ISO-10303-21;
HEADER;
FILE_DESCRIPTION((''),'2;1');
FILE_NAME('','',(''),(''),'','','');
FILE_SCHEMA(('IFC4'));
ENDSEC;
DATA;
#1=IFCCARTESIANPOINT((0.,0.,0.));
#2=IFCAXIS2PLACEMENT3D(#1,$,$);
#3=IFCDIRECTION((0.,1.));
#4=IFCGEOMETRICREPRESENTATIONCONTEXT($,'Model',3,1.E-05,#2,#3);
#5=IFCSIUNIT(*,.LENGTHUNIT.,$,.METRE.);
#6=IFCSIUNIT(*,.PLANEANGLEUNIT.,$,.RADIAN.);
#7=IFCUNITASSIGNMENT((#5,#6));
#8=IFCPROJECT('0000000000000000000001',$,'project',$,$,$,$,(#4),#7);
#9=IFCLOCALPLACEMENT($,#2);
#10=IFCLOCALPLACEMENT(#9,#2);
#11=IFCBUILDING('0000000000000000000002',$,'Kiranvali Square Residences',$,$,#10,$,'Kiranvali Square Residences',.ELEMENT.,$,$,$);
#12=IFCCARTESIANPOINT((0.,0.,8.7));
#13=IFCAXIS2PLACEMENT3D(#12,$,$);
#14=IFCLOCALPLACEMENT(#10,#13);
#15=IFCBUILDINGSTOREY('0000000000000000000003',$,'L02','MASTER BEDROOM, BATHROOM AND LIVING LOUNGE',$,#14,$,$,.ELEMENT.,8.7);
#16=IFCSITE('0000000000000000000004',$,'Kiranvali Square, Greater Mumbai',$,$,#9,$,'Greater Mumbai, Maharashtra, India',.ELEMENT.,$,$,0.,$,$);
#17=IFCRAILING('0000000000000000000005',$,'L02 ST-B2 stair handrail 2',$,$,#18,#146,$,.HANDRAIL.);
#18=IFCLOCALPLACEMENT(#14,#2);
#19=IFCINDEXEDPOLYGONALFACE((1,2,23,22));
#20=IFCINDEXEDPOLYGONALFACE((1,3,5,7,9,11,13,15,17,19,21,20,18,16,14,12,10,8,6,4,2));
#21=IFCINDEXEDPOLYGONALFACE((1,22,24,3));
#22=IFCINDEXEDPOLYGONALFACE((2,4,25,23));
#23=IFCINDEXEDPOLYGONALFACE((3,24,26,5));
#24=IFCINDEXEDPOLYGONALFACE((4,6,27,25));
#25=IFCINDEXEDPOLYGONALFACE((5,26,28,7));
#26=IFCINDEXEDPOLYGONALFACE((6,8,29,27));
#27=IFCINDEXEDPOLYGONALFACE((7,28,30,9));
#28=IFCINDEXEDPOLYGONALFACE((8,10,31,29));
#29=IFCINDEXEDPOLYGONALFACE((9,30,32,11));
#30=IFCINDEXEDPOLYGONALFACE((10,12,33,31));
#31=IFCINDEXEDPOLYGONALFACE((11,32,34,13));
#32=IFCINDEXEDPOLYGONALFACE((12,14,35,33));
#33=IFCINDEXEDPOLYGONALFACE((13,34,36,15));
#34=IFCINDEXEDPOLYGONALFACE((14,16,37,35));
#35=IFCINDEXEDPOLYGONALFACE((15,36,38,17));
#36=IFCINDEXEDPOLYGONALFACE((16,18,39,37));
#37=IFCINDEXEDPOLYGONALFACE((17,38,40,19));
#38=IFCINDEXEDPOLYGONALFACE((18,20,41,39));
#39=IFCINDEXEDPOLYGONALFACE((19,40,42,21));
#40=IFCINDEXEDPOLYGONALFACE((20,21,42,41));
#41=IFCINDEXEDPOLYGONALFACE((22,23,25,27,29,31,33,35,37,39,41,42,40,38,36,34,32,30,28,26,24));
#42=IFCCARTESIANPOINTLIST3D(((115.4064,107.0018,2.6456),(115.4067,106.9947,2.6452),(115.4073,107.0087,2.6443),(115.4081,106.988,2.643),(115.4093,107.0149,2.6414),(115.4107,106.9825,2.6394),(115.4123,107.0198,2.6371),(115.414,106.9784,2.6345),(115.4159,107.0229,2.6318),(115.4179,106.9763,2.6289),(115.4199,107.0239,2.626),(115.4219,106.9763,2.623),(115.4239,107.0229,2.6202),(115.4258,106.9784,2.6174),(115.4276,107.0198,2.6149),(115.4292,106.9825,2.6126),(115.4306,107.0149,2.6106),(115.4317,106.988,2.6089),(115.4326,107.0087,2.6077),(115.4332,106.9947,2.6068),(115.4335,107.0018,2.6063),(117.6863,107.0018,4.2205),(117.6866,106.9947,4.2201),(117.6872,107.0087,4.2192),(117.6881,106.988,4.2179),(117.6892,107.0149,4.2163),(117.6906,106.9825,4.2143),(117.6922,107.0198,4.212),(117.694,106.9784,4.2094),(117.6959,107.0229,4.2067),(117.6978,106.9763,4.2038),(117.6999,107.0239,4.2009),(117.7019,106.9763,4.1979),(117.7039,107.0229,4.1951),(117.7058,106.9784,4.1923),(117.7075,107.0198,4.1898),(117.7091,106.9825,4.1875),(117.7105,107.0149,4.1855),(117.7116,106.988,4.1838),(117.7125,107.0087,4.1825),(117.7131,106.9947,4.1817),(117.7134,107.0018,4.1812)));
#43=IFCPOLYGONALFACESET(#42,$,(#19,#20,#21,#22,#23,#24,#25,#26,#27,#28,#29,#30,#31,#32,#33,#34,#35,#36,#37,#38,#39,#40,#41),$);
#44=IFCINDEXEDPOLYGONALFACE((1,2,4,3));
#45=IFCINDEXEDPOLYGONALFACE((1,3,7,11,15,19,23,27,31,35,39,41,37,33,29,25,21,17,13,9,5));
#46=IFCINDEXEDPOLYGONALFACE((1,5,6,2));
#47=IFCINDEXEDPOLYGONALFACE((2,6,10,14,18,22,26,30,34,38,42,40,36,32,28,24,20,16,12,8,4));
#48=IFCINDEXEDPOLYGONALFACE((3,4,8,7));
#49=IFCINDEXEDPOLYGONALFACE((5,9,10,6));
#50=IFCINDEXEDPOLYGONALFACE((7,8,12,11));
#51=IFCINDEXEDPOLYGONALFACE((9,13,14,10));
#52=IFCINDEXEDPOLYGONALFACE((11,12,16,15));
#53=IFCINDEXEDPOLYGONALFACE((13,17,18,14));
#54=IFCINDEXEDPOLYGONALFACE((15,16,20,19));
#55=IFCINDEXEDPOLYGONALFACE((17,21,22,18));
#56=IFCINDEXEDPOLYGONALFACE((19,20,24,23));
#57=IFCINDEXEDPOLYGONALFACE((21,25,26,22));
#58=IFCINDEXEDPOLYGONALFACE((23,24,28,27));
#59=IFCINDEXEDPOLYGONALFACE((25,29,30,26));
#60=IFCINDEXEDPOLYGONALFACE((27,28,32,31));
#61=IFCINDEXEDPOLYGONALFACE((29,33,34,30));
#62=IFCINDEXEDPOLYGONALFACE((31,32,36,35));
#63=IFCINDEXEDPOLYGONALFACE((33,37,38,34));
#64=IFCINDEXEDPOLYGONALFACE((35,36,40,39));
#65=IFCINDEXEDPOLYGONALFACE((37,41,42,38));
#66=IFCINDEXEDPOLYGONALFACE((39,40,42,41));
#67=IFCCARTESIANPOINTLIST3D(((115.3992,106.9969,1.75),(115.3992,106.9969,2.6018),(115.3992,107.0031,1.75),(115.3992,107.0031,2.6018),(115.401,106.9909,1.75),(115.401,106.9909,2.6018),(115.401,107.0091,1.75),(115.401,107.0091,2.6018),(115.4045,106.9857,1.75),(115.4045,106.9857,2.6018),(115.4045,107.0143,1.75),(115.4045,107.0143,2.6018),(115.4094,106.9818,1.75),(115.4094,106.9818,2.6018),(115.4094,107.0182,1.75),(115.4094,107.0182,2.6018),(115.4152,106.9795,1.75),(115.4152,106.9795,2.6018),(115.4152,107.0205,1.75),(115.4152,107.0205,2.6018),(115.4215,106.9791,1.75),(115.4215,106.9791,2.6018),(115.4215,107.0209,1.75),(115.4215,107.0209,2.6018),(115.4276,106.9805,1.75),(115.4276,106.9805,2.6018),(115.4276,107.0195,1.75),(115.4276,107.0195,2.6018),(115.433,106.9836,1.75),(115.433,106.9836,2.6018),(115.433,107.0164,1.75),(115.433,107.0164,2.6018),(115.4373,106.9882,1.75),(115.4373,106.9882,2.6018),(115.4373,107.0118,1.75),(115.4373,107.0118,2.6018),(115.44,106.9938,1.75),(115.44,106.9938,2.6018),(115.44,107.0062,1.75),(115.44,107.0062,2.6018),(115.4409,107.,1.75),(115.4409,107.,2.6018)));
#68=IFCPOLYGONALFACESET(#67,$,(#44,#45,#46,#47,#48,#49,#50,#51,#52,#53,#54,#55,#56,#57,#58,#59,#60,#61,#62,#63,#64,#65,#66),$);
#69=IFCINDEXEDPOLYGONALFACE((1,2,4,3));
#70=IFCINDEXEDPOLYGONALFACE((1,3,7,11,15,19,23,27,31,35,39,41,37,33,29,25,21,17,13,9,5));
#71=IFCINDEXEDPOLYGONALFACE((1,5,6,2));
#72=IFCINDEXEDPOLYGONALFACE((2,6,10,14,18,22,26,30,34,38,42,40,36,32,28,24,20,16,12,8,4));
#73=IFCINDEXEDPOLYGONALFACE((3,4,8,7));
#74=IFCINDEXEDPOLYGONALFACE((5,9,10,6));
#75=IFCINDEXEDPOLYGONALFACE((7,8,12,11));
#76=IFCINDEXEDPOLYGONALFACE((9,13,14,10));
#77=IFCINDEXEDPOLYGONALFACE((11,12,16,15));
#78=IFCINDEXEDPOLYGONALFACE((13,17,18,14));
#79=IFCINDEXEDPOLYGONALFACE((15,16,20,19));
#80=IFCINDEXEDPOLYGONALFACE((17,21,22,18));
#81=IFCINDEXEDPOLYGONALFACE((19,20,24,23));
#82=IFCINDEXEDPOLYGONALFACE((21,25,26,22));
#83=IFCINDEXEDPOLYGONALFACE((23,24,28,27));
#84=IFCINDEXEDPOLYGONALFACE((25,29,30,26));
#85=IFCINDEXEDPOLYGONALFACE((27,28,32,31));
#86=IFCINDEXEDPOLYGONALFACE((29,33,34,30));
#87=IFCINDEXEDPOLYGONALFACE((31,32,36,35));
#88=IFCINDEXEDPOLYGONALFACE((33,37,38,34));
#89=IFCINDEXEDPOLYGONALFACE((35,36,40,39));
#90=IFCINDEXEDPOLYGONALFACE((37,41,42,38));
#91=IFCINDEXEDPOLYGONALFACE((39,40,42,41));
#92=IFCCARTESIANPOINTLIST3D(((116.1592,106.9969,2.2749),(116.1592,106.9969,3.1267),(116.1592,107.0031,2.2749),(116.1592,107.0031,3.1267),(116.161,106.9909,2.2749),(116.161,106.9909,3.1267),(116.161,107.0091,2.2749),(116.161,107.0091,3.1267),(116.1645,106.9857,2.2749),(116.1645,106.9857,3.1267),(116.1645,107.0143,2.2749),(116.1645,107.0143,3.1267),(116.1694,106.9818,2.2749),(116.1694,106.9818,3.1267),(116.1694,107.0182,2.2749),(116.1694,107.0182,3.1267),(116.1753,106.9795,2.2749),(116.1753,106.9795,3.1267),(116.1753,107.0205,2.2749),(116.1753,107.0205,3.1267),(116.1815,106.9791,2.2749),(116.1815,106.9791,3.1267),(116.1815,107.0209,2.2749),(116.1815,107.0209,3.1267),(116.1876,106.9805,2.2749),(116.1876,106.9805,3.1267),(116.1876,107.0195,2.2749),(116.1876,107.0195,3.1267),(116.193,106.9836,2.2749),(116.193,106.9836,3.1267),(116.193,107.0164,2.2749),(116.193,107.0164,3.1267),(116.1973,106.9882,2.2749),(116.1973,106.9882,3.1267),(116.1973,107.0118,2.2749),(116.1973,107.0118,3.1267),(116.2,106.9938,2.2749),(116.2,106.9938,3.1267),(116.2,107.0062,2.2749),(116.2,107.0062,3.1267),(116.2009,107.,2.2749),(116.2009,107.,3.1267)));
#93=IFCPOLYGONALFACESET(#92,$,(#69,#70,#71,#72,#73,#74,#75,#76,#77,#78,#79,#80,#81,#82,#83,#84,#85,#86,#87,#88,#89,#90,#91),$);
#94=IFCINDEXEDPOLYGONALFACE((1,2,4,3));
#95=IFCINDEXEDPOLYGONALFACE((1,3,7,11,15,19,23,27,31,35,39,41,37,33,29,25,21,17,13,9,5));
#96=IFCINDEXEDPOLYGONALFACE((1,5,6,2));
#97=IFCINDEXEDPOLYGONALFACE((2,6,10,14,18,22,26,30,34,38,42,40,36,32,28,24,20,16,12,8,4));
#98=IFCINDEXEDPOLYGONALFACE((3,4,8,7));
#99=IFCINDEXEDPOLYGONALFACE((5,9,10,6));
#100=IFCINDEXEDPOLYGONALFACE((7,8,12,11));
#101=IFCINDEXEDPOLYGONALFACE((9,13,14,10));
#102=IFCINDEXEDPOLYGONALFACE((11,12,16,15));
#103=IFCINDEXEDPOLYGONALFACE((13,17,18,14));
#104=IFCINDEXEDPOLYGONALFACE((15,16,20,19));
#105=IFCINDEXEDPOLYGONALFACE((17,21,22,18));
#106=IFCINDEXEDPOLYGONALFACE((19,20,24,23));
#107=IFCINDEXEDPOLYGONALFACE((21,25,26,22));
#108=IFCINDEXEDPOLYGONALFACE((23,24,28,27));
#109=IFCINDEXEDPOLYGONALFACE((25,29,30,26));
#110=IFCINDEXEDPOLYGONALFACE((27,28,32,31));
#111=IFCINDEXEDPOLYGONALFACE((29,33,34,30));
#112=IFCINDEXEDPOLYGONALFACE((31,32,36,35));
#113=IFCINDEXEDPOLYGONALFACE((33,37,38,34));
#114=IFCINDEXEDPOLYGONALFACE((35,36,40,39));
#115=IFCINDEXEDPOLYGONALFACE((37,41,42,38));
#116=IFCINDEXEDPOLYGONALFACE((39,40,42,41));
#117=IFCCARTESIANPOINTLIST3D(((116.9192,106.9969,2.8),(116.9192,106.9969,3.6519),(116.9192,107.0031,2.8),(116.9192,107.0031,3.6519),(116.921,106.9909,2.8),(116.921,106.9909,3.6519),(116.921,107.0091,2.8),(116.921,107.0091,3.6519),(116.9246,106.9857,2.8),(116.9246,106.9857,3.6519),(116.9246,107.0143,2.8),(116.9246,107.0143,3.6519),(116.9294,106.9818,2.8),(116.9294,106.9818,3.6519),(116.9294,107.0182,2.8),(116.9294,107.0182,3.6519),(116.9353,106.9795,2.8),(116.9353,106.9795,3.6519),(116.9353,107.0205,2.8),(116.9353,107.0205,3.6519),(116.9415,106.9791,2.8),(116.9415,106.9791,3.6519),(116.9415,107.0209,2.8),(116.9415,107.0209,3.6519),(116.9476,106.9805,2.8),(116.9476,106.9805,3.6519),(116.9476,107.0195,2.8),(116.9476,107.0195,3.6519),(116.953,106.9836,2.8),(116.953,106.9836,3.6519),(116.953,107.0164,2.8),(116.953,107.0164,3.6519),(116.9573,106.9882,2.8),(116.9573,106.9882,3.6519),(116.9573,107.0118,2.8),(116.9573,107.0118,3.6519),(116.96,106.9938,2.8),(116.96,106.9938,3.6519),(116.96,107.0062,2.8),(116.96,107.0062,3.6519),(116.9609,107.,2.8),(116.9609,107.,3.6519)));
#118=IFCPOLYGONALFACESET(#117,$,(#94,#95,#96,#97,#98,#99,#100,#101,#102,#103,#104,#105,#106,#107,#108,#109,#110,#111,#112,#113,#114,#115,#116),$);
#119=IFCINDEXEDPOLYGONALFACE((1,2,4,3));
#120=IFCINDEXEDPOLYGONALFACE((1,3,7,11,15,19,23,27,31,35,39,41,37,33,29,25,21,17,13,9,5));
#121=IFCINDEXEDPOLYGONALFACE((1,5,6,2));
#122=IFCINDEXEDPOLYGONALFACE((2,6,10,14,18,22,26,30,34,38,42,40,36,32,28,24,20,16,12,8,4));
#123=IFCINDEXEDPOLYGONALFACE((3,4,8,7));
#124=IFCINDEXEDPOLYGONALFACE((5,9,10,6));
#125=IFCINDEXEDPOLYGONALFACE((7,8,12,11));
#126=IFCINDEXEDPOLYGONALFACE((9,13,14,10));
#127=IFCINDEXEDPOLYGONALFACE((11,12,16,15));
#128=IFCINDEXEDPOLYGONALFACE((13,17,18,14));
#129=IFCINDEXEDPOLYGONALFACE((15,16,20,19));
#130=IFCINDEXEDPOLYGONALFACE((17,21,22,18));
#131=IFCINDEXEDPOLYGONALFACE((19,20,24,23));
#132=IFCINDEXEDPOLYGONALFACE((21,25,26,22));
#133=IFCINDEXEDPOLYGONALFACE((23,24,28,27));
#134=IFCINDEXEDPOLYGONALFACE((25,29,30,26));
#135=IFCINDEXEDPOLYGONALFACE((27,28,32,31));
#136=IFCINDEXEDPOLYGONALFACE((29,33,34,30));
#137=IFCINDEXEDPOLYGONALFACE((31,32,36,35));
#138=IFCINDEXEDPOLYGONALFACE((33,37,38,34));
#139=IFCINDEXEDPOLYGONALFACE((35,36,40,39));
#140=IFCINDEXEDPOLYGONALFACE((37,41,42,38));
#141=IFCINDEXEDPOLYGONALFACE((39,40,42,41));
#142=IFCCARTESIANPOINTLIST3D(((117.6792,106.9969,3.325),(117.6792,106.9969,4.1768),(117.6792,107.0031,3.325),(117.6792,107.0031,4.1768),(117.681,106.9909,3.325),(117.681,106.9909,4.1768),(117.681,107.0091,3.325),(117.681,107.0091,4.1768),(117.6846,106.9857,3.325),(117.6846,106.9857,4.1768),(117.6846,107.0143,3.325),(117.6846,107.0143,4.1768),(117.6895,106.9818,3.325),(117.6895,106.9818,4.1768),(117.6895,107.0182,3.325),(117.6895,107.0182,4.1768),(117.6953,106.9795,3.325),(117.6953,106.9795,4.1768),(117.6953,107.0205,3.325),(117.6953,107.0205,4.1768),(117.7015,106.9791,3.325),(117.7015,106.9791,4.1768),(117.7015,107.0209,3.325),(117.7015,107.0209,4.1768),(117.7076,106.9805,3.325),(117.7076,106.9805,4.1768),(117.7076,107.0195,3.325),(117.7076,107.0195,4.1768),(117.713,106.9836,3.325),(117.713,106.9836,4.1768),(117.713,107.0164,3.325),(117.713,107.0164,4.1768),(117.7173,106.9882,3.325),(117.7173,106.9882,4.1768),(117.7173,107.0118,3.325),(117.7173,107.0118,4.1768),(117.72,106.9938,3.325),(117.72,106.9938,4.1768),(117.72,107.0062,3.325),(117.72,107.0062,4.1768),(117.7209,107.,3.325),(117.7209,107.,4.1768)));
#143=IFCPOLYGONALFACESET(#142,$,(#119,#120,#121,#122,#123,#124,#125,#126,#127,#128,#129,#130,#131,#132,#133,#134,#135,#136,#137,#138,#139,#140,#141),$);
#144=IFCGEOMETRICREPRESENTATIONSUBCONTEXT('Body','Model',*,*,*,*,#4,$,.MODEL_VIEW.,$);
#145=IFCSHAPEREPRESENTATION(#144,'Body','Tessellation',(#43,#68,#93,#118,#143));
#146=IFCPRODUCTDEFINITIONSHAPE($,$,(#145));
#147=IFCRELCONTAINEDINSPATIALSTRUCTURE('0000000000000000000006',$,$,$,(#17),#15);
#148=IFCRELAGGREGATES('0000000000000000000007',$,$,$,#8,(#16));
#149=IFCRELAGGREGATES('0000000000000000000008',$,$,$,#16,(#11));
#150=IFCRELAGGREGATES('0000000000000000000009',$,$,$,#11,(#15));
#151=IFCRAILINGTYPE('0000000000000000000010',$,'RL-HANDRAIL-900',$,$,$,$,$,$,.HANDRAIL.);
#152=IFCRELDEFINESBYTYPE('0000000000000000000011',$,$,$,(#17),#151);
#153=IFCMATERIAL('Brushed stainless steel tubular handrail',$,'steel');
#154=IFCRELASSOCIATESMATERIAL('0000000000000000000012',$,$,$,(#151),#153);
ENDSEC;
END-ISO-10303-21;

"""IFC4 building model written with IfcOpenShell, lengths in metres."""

from ifc_helpers import new_model, si_unit, direction, frame, origin, origin_2d, place, context, subcontext, project, spatial, circle, extrude, material, type_object, element, save


model = new_model("IFC4")

# Units and contexts
model_context = context("Model", 3, precision=1e-05, world=origin(), true_north=direction((0.0, 1.0)))
body_context = subcontext(model_context, "Body", "Model", "MODEL_VIEW")
ifc_project = project(units=[si_unit("LENGTHUNIT", "METRE"), si_unit("PLANEANGLEUNIT", "RADIAN")], contexts=[model_context])

# Site, building, storey
site_placement = place(None, origin())
site = spatial("IfcSite", under=ifc_project, at=site_placement, Name="Kiranvali Square, Greater Mumbai", LongName="Greater Mumbai, Maharashtra, India", CompositionType="ELEMENT", RefElevation=0.0)
building_placement = place(site_placement, origin())
building = spatial("IfcBuilding", under=site, at=building_placement, Name="Kiranvali Square Residences", LongName="Kiranvali Square Residences", CompositionType="ELEMENT")
storey_placement = place(building_placement, frame((0.0, 0.0, 8.7)))
storey = spatial("IfcBuildingStorey", under=building, at=storey_placement, Name="L02", Description="MASTER BEDROOM, BATHROOM AND LIVING LOUNGE", CompositionType="ELEMENT", Elevation=8.7)

# Railing
ifc_material_1 = material(Name="Brushed stainless steel tubular handrail", Category="steel")
railing_type_1 = type_object("IfcRailingType", Name="RL-HANDRAIL-900", PredefinedType="HANDRAIL", material=ifc_material_1)
railing_1_placement = place(storey_placement, frame((115.4199, 107.0, 1.75)))
element("IfcRailing", 1, at=railing_1_placement, inside=storey, type_object=railing_type_1, Name="L02 ST-B2 stair handrail 2", PredefinedType="HANDRAIL", context=body_context, shape_type="SweptSolid", body=[
    extrude(circle(Radius=0.0239, at=origin_2d()), frame((0.0, 0.0, 0.876), z_axis=(0.822788, 0.0, 0.568348), x_axis=(0.0, 1.0, 0.0)), (0.0, 0.0, 1.0), 2.771),
    extrude(circle(Radius=0.021, at=origin_2d()), origin(), (0.0, 0.0, 1.0), 0.8518),
    extrude(circle(Radius=0.021, at=origin_2d()), frame((0.76, 0.0, 0.5249)), (0.0, 0.0, 1.0), 0.8518),
    extrude(circle(Radius=0.021, at=origin_2d()), frame((1.52, 0.0, 1.05)), (0.0, 0.0, 1.0), 0.8518),
    extrude(circle(Radius=0.021, at=origin_2d()), frame((2.28, 0.0, 1.575)), (0.0, 0.0, 1.0), 0.8518),
])

save(model, "model.ifc")
